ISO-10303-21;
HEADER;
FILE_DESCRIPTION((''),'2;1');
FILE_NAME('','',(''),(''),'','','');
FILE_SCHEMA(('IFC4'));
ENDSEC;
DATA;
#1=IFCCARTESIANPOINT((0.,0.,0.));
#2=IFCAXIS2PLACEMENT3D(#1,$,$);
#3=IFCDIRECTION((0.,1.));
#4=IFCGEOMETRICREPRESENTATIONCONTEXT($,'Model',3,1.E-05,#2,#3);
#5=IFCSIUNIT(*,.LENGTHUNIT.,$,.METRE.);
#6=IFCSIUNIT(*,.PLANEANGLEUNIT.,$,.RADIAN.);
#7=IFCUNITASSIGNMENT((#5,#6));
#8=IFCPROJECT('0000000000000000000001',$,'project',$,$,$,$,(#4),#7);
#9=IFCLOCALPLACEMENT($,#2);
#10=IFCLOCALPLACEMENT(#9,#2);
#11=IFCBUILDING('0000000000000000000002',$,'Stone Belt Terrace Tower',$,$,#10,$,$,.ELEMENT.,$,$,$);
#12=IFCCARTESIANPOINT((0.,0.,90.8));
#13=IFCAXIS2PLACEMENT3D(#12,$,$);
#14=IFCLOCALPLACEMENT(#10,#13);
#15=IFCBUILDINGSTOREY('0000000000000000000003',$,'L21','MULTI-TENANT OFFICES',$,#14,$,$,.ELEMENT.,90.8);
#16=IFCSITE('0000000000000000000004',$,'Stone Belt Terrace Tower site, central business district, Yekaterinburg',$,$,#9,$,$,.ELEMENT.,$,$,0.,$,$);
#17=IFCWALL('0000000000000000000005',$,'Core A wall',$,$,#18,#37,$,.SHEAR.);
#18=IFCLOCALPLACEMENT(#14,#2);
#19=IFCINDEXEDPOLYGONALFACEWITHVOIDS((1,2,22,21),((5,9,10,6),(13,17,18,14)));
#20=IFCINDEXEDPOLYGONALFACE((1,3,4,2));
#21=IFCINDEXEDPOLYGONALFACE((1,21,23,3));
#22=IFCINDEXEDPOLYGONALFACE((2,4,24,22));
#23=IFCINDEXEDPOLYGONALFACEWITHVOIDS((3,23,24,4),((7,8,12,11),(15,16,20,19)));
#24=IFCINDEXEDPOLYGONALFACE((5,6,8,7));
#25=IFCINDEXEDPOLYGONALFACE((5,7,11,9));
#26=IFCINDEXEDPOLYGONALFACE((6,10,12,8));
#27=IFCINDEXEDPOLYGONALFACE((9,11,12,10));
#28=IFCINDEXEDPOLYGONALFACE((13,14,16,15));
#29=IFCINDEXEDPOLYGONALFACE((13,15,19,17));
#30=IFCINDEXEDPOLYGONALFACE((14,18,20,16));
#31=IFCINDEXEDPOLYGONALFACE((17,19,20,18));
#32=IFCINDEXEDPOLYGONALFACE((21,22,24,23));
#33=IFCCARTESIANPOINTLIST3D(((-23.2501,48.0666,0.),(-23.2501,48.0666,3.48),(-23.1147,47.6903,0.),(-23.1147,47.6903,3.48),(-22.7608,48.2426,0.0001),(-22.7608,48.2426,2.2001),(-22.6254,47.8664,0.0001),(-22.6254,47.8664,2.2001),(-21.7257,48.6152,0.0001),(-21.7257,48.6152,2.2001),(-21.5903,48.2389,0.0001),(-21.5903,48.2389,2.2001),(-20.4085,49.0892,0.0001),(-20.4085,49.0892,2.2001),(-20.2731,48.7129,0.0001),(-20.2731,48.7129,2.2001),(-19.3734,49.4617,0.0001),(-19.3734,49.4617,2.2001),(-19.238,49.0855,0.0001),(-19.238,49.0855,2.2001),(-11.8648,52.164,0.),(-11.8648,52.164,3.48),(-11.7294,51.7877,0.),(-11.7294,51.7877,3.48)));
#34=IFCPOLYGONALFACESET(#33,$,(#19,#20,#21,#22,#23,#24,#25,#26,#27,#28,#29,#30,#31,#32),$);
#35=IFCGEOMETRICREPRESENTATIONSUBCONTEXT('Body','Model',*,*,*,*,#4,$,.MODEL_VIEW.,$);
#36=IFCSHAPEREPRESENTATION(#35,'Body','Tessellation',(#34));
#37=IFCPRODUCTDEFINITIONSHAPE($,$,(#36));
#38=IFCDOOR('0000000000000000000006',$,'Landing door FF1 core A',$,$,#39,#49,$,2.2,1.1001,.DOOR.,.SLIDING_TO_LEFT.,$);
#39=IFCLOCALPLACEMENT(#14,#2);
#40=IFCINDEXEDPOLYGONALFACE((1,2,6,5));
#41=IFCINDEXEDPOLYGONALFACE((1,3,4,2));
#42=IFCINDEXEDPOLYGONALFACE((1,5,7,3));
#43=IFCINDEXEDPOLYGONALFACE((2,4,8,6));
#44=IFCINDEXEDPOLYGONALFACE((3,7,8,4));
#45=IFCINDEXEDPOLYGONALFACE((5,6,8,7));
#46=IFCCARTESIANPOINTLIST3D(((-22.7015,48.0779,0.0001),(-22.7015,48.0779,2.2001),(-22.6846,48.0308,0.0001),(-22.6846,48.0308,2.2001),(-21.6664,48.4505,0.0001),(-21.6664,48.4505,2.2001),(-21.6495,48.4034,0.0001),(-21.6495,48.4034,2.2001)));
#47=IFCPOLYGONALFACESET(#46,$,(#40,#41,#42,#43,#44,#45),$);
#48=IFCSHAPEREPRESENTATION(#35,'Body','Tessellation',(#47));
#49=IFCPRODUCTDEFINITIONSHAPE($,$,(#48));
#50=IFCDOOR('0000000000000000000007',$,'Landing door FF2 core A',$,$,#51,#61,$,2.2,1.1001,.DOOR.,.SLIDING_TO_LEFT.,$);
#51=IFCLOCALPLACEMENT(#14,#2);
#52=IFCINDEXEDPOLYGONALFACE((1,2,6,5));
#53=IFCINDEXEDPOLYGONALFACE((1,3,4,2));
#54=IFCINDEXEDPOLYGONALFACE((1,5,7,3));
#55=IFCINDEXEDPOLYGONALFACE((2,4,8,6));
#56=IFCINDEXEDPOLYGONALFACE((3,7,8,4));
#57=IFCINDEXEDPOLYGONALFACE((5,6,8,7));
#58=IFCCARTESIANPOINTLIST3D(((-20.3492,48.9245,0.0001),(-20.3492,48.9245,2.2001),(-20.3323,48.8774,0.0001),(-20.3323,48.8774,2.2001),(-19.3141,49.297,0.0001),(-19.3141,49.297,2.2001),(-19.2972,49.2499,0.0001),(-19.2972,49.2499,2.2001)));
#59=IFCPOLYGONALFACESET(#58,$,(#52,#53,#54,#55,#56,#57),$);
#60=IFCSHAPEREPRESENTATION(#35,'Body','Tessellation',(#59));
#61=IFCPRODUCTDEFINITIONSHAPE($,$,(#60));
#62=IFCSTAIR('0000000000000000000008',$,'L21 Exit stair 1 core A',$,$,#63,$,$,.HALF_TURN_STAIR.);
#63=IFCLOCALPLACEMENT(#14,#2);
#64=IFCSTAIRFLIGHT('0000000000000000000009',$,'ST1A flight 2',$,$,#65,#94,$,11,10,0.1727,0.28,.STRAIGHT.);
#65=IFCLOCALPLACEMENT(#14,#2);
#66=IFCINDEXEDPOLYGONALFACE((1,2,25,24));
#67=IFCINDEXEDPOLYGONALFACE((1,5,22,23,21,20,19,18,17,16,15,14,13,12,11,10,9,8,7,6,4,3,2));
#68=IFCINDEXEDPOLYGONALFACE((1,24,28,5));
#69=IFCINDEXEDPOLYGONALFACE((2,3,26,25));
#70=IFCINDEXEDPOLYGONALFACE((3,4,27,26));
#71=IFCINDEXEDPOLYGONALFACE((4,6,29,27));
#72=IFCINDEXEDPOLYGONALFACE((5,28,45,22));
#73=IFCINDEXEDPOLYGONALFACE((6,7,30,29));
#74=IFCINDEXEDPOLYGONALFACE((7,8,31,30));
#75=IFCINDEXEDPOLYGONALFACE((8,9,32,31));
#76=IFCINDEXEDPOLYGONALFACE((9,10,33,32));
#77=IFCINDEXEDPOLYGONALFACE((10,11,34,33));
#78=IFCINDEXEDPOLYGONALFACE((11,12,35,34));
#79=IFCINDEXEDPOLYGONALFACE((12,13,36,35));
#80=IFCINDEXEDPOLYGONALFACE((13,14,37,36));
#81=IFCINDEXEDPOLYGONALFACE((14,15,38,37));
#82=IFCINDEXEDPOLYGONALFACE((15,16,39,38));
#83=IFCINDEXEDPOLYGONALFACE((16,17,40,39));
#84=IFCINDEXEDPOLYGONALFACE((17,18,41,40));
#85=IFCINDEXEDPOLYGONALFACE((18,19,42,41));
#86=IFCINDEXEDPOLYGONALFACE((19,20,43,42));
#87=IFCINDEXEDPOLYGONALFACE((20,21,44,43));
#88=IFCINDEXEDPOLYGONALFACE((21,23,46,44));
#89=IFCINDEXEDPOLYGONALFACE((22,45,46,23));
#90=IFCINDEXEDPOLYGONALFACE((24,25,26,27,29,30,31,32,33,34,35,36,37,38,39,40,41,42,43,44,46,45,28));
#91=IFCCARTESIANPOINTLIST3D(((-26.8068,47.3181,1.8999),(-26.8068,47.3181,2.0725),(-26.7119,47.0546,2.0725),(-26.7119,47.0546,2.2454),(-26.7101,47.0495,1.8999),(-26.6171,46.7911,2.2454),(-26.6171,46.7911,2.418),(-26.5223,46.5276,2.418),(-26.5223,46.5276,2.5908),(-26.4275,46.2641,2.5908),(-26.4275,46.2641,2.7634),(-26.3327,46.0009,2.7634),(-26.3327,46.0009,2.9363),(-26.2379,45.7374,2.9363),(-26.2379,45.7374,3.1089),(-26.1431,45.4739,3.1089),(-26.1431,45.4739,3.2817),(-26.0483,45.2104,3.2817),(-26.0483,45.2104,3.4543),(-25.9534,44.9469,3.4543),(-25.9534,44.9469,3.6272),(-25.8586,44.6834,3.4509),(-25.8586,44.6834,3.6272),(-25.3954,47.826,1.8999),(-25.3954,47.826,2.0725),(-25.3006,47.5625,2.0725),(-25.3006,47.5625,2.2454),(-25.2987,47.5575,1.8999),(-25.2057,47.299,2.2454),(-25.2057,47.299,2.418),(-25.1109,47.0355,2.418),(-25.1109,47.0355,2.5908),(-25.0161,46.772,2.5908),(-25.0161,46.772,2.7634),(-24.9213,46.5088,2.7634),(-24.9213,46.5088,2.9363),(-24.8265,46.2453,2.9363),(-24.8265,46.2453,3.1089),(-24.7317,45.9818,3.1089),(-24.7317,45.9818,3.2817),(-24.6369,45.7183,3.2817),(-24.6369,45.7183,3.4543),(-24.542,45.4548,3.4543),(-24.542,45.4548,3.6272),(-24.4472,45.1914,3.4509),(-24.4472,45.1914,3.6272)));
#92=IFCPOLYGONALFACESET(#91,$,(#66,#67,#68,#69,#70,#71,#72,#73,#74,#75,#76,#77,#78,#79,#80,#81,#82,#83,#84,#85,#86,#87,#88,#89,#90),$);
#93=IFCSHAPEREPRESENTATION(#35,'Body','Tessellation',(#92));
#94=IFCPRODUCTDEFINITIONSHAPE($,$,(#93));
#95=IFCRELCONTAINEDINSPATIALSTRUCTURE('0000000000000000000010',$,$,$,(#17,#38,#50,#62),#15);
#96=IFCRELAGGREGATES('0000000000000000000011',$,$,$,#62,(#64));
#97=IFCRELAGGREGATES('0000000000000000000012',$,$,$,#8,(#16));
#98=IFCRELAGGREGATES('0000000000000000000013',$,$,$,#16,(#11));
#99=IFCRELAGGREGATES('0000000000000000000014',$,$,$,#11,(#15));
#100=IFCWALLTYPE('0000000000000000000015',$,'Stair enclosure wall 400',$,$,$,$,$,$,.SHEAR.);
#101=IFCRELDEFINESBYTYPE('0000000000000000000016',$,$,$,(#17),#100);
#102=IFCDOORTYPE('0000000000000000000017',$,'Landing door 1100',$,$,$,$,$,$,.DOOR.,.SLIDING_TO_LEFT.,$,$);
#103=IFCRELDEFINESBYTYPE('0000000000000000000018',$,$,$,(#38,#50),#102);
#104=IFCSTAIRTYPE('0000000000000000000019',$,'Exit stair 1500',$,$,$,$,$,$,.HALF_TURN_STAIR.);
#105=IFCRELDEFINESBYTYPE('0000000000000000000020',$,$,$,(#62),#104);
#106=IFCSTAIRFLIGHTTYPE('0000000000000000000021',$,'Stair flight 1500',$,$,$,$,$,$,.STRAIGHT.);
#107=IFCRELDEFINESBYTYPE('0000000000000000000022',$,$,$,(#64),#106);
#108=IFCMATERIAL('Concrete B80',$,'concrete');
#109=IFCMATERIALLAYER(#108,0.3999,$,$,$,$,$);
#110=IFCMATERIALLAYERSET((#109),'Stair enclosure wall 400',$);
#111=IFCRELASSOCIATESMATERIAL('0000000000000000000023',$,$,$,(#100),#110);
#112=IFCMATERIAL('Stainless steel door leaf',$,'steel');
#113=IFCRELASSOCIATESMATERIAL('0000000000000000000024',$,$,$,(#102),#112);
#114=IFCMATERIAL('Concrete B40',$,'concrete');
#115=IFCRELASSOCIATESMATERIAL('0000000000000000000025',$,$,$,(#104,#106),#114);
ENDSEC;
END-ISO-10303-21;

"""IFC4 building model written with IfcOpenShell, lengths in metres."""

from ifc_helpers import new_model, si_unit, direction, frame, frame_2d, origin, place, context, subcontext, project, spatial, polyline, rectangle, outline, extrude, material, layer, layer_set, type_object, element, fill, aggregate, save


model = new_model("IFC4")

# Units and contexts
model_context = context("Model", 3, precision=1e-05, world=origin(), true_north=direction((0.0, 1.0)))
body_context = subcontext(model_context, "Body", "Model", "MODEL_VIEW")
ifc_project = project(units=[si_unit("LENGTHUNIT", "METRE"), si_unit("PLANEANGLEUNIT", "RADIAN")], contexts=[model_context])

# Site, building, storey
site_placement = place(None, origin())
site = spatial("IfcSite", under=ifc_project, at=site_placement, Name="Stone Belt Terrace Tower site, central business district, Yekaterinburg", CompositionType="ELEMENT", RefElevation=0.0)
building_placement = place(site_placement, origin())
building = spatial("IfcBuilding", under=site, at=building_placement, Name="Stone Belt Terrace Tower", CompositionType="ELEMENT")
storey_placement = place(building_placement, frame((0.0, 0.0, 90.8)))
storey = spatial("IfcBuildingStorey", under=building, at=storey_placement, Name="L21", Description="MULTI-TENANT OFFICES", CompositionType="ELEMENT", Elevation=90.8)

# Shared definitions
ifc_material_1 = material(Name="Concrete B80", Category="concrete")

# Shared definitions
ifc_material_2 = material(Name="Stainless steel door leaf", Category="steel")

# Shared definitions
ifc_layer_1 = layer(ifc_material_1, 0.3999)
ifc_layer_set_1 = layer_set([ifc_layer_1], Name="Stair enclosure wall 400")
wall_type_1 = type_object("IfcWallType", Name="Stair enclosure wall 400", PredefinedType="SHEAR", material=ifc_layer_set_1)

# Wall, openings, doors
wall_1_placement = place(storey_placement, frame((-23.1824, 47.8784, 0.0), z_axis=(0.0, 0.0, 1.0), x_axis=(0.940921, 0.338626, 0.0)))
wall_1 = element("IfcWall", 1, at=wall_1_placement, inside=storey, type_object=wall_type_1, Name="Core A wall", PredefinedType="SHEAR", context=body_context, shape_type="SweptSolid", body=[
    extrude(rectangle(XDim=12.1001, YDim=0.3999, at=frame_2d((6.05, 0.0))), origin(), (0.0, 0.0, 1.0), 3.48),
])
opening_1_placement = place(wall_1_placement, frame((0.52, 0.0, 0.0)))
opening_1 = element("IfcOpeningElement", 2, at=opening_1_placement, cuts=wall_1, PredefinedType="OPENING", context=body_context, shape_type="SweptSolid", body=[
    extrude(rectangle(XDim=1.1001, YDim=2.2, at=frame_2d((0.55, 1.1001))), frame((0.0, 0.21, 0.0), z_axis=(0.0, -1.0, 0.0), x_axis=(1.0, 0.0, 0.0)), (0.0, 0.0, 1.0), 0.4199),
])
opening_2_placement = place(wall_1_placement, frame((3.02, 0.0, 0.0)))
opening_2 = element("IfcOpeningElement", 3, at=opening_2_placement, cuts=wall_1, PredefinedType="OPENING", context=body_context, shape_type="SweptSolid", body=[
    extrude(rectangle(XDim=1.1001, YDim=2.2, at=frame_2d((0.55, 1.1001))), frame((0.0, 0.21, 0.0), z_axis=(0.0, -1.0, 0.0), x_axis=(1.0, 0.0, 0.0)), (0.0, 0.0, 1.0), 0.4199),
])
door_type_1 = type_object("IfcDoorType", Name="Landing door 1100", OperationType="SLIDING_TO_LEFT", PredefinedType="DOOR", material=ifc_material_2)
door_1_placement = place(opening_1_placement, origin())
door_1 = element("IfcDoor", 4, at=door_1_placement, inside=storey, type_object=door_type_1, Name="Landing door FF1 core A", OperationType="SLIDING_TO_LEFT", OverallHeight=2.2, OverallWidth=1.1001, PredefinedType="DOOR", context=body_context, shape_type="SweptSolid", body=[
    extrude(rectangle(XDim=1.1001, YDim=2.2, at=frame_2d((0.55, 1.1001))), frame((0.0, 0.0249, 0.0), z_axis=(0.0, -1.0, 0.0), x_axis=(1.0, 0.0, 0.0)), (0.0, 0.0, 1.0), 0.05),
])
fill(opening_1, door_1)
door_2_placement = place(opening_2_placement, origin())
door_2 = element("IfcDoor", 5, at=door_2_placement, inside=storey, type_object=door_type_1, Name="Landing door FF2 core A", OperationType="SLIDING_TO_LEFT", OverallHeight=2.2, OverallWidth=1.1001, PredefinedType="DOOR", context=body_context, shape_type="SweptSolid", body=[
    extrude(rectangle(XDim=1.1001, YDim=2.2, at=frame_2d((0.55, 1.1001))), frame((0.0, 0.0249, 0.0), z_axis=(0.0, -1.0, 0.0), x_axis=(1.0, 0.0, 0.0)), (0.0, 0.0, 1.0), 0.05),
])
fill(opening_2, door_2)

# Stair, stair flight
ifc_material_3 = material(Name="Concrete B40", Category="concrete")
stair_type = type_object("IfcStairType", Name="Exit stair 1500", PredefinedType="HALF_TURN_STAIR", material=ifc_material_3)
stair_placement = place(storey_placement, origin())
stair = element("IfcStair", 6, at=stair_placement, inside=storey, type_object=stair_type, Name="L21 Exit stair 1 core A", PredefinedType="HALF_TURN_STAIR")
stair_flight_type = type_object("IfcStairFlightType", Name="Stair flight 1500", PredefinedType="STRAIGHT", material=ifc_material_3)
stair_flight_placement = place(storey_placement, frame((-26.1011, 47.572, 1.8999), z_axis=(0.0, 0.0, 1.0), x_axis=(0.338624, -0.940922, 0.0)))
stair_flight = element("IfcStairFlight", 7, at=stair_flight_placement, type_object=stair_flight_type, Name="ST1A flight 2", NumberOfRisers=11, NumberOfTreads=10, PredefinedType="STRAIGHT", RiserHeight=0.1727, TreadLength=0.28, context=body_context, shape_type="SweptSolid", body=[
    extrude(outline(polyline([(0.0, 0.0), (0.0, 0.1726), (0.28, 0.1726), (0.28, 0.3455), (0.5601, 0.3455), (0.5601, 0.5181), (0.8401, 0.5181), (0.8401, 0.6909), (1.1201, 0.6909), (1.1201, 0.8635), (1.3999, 0.8635), (1.3999, 1.0364), (1.6799, 1.0364), (1.6799, 1.209), (1.96, 1.209), (1.96, 1.3818), (2.24, 1.3818), (2.24, 1.5544), (2.52, 1.5544), (2.52, 1.7273), (2.8, 1.7273), (2.8, 1.8999), (2.8, 1.551), (0.2854, 0.0), (0.0, 0.0)])), frame((0.0, 0.75, 0.0), z_axis=(0.0, -1.0, 0.0), x_axis=(1.0, 0.0, 0.0)), (0.0, 0.0, 1.0), 1.5),
])
aggregate(stair, [stair_flight])

save(model, "model.ifc")
